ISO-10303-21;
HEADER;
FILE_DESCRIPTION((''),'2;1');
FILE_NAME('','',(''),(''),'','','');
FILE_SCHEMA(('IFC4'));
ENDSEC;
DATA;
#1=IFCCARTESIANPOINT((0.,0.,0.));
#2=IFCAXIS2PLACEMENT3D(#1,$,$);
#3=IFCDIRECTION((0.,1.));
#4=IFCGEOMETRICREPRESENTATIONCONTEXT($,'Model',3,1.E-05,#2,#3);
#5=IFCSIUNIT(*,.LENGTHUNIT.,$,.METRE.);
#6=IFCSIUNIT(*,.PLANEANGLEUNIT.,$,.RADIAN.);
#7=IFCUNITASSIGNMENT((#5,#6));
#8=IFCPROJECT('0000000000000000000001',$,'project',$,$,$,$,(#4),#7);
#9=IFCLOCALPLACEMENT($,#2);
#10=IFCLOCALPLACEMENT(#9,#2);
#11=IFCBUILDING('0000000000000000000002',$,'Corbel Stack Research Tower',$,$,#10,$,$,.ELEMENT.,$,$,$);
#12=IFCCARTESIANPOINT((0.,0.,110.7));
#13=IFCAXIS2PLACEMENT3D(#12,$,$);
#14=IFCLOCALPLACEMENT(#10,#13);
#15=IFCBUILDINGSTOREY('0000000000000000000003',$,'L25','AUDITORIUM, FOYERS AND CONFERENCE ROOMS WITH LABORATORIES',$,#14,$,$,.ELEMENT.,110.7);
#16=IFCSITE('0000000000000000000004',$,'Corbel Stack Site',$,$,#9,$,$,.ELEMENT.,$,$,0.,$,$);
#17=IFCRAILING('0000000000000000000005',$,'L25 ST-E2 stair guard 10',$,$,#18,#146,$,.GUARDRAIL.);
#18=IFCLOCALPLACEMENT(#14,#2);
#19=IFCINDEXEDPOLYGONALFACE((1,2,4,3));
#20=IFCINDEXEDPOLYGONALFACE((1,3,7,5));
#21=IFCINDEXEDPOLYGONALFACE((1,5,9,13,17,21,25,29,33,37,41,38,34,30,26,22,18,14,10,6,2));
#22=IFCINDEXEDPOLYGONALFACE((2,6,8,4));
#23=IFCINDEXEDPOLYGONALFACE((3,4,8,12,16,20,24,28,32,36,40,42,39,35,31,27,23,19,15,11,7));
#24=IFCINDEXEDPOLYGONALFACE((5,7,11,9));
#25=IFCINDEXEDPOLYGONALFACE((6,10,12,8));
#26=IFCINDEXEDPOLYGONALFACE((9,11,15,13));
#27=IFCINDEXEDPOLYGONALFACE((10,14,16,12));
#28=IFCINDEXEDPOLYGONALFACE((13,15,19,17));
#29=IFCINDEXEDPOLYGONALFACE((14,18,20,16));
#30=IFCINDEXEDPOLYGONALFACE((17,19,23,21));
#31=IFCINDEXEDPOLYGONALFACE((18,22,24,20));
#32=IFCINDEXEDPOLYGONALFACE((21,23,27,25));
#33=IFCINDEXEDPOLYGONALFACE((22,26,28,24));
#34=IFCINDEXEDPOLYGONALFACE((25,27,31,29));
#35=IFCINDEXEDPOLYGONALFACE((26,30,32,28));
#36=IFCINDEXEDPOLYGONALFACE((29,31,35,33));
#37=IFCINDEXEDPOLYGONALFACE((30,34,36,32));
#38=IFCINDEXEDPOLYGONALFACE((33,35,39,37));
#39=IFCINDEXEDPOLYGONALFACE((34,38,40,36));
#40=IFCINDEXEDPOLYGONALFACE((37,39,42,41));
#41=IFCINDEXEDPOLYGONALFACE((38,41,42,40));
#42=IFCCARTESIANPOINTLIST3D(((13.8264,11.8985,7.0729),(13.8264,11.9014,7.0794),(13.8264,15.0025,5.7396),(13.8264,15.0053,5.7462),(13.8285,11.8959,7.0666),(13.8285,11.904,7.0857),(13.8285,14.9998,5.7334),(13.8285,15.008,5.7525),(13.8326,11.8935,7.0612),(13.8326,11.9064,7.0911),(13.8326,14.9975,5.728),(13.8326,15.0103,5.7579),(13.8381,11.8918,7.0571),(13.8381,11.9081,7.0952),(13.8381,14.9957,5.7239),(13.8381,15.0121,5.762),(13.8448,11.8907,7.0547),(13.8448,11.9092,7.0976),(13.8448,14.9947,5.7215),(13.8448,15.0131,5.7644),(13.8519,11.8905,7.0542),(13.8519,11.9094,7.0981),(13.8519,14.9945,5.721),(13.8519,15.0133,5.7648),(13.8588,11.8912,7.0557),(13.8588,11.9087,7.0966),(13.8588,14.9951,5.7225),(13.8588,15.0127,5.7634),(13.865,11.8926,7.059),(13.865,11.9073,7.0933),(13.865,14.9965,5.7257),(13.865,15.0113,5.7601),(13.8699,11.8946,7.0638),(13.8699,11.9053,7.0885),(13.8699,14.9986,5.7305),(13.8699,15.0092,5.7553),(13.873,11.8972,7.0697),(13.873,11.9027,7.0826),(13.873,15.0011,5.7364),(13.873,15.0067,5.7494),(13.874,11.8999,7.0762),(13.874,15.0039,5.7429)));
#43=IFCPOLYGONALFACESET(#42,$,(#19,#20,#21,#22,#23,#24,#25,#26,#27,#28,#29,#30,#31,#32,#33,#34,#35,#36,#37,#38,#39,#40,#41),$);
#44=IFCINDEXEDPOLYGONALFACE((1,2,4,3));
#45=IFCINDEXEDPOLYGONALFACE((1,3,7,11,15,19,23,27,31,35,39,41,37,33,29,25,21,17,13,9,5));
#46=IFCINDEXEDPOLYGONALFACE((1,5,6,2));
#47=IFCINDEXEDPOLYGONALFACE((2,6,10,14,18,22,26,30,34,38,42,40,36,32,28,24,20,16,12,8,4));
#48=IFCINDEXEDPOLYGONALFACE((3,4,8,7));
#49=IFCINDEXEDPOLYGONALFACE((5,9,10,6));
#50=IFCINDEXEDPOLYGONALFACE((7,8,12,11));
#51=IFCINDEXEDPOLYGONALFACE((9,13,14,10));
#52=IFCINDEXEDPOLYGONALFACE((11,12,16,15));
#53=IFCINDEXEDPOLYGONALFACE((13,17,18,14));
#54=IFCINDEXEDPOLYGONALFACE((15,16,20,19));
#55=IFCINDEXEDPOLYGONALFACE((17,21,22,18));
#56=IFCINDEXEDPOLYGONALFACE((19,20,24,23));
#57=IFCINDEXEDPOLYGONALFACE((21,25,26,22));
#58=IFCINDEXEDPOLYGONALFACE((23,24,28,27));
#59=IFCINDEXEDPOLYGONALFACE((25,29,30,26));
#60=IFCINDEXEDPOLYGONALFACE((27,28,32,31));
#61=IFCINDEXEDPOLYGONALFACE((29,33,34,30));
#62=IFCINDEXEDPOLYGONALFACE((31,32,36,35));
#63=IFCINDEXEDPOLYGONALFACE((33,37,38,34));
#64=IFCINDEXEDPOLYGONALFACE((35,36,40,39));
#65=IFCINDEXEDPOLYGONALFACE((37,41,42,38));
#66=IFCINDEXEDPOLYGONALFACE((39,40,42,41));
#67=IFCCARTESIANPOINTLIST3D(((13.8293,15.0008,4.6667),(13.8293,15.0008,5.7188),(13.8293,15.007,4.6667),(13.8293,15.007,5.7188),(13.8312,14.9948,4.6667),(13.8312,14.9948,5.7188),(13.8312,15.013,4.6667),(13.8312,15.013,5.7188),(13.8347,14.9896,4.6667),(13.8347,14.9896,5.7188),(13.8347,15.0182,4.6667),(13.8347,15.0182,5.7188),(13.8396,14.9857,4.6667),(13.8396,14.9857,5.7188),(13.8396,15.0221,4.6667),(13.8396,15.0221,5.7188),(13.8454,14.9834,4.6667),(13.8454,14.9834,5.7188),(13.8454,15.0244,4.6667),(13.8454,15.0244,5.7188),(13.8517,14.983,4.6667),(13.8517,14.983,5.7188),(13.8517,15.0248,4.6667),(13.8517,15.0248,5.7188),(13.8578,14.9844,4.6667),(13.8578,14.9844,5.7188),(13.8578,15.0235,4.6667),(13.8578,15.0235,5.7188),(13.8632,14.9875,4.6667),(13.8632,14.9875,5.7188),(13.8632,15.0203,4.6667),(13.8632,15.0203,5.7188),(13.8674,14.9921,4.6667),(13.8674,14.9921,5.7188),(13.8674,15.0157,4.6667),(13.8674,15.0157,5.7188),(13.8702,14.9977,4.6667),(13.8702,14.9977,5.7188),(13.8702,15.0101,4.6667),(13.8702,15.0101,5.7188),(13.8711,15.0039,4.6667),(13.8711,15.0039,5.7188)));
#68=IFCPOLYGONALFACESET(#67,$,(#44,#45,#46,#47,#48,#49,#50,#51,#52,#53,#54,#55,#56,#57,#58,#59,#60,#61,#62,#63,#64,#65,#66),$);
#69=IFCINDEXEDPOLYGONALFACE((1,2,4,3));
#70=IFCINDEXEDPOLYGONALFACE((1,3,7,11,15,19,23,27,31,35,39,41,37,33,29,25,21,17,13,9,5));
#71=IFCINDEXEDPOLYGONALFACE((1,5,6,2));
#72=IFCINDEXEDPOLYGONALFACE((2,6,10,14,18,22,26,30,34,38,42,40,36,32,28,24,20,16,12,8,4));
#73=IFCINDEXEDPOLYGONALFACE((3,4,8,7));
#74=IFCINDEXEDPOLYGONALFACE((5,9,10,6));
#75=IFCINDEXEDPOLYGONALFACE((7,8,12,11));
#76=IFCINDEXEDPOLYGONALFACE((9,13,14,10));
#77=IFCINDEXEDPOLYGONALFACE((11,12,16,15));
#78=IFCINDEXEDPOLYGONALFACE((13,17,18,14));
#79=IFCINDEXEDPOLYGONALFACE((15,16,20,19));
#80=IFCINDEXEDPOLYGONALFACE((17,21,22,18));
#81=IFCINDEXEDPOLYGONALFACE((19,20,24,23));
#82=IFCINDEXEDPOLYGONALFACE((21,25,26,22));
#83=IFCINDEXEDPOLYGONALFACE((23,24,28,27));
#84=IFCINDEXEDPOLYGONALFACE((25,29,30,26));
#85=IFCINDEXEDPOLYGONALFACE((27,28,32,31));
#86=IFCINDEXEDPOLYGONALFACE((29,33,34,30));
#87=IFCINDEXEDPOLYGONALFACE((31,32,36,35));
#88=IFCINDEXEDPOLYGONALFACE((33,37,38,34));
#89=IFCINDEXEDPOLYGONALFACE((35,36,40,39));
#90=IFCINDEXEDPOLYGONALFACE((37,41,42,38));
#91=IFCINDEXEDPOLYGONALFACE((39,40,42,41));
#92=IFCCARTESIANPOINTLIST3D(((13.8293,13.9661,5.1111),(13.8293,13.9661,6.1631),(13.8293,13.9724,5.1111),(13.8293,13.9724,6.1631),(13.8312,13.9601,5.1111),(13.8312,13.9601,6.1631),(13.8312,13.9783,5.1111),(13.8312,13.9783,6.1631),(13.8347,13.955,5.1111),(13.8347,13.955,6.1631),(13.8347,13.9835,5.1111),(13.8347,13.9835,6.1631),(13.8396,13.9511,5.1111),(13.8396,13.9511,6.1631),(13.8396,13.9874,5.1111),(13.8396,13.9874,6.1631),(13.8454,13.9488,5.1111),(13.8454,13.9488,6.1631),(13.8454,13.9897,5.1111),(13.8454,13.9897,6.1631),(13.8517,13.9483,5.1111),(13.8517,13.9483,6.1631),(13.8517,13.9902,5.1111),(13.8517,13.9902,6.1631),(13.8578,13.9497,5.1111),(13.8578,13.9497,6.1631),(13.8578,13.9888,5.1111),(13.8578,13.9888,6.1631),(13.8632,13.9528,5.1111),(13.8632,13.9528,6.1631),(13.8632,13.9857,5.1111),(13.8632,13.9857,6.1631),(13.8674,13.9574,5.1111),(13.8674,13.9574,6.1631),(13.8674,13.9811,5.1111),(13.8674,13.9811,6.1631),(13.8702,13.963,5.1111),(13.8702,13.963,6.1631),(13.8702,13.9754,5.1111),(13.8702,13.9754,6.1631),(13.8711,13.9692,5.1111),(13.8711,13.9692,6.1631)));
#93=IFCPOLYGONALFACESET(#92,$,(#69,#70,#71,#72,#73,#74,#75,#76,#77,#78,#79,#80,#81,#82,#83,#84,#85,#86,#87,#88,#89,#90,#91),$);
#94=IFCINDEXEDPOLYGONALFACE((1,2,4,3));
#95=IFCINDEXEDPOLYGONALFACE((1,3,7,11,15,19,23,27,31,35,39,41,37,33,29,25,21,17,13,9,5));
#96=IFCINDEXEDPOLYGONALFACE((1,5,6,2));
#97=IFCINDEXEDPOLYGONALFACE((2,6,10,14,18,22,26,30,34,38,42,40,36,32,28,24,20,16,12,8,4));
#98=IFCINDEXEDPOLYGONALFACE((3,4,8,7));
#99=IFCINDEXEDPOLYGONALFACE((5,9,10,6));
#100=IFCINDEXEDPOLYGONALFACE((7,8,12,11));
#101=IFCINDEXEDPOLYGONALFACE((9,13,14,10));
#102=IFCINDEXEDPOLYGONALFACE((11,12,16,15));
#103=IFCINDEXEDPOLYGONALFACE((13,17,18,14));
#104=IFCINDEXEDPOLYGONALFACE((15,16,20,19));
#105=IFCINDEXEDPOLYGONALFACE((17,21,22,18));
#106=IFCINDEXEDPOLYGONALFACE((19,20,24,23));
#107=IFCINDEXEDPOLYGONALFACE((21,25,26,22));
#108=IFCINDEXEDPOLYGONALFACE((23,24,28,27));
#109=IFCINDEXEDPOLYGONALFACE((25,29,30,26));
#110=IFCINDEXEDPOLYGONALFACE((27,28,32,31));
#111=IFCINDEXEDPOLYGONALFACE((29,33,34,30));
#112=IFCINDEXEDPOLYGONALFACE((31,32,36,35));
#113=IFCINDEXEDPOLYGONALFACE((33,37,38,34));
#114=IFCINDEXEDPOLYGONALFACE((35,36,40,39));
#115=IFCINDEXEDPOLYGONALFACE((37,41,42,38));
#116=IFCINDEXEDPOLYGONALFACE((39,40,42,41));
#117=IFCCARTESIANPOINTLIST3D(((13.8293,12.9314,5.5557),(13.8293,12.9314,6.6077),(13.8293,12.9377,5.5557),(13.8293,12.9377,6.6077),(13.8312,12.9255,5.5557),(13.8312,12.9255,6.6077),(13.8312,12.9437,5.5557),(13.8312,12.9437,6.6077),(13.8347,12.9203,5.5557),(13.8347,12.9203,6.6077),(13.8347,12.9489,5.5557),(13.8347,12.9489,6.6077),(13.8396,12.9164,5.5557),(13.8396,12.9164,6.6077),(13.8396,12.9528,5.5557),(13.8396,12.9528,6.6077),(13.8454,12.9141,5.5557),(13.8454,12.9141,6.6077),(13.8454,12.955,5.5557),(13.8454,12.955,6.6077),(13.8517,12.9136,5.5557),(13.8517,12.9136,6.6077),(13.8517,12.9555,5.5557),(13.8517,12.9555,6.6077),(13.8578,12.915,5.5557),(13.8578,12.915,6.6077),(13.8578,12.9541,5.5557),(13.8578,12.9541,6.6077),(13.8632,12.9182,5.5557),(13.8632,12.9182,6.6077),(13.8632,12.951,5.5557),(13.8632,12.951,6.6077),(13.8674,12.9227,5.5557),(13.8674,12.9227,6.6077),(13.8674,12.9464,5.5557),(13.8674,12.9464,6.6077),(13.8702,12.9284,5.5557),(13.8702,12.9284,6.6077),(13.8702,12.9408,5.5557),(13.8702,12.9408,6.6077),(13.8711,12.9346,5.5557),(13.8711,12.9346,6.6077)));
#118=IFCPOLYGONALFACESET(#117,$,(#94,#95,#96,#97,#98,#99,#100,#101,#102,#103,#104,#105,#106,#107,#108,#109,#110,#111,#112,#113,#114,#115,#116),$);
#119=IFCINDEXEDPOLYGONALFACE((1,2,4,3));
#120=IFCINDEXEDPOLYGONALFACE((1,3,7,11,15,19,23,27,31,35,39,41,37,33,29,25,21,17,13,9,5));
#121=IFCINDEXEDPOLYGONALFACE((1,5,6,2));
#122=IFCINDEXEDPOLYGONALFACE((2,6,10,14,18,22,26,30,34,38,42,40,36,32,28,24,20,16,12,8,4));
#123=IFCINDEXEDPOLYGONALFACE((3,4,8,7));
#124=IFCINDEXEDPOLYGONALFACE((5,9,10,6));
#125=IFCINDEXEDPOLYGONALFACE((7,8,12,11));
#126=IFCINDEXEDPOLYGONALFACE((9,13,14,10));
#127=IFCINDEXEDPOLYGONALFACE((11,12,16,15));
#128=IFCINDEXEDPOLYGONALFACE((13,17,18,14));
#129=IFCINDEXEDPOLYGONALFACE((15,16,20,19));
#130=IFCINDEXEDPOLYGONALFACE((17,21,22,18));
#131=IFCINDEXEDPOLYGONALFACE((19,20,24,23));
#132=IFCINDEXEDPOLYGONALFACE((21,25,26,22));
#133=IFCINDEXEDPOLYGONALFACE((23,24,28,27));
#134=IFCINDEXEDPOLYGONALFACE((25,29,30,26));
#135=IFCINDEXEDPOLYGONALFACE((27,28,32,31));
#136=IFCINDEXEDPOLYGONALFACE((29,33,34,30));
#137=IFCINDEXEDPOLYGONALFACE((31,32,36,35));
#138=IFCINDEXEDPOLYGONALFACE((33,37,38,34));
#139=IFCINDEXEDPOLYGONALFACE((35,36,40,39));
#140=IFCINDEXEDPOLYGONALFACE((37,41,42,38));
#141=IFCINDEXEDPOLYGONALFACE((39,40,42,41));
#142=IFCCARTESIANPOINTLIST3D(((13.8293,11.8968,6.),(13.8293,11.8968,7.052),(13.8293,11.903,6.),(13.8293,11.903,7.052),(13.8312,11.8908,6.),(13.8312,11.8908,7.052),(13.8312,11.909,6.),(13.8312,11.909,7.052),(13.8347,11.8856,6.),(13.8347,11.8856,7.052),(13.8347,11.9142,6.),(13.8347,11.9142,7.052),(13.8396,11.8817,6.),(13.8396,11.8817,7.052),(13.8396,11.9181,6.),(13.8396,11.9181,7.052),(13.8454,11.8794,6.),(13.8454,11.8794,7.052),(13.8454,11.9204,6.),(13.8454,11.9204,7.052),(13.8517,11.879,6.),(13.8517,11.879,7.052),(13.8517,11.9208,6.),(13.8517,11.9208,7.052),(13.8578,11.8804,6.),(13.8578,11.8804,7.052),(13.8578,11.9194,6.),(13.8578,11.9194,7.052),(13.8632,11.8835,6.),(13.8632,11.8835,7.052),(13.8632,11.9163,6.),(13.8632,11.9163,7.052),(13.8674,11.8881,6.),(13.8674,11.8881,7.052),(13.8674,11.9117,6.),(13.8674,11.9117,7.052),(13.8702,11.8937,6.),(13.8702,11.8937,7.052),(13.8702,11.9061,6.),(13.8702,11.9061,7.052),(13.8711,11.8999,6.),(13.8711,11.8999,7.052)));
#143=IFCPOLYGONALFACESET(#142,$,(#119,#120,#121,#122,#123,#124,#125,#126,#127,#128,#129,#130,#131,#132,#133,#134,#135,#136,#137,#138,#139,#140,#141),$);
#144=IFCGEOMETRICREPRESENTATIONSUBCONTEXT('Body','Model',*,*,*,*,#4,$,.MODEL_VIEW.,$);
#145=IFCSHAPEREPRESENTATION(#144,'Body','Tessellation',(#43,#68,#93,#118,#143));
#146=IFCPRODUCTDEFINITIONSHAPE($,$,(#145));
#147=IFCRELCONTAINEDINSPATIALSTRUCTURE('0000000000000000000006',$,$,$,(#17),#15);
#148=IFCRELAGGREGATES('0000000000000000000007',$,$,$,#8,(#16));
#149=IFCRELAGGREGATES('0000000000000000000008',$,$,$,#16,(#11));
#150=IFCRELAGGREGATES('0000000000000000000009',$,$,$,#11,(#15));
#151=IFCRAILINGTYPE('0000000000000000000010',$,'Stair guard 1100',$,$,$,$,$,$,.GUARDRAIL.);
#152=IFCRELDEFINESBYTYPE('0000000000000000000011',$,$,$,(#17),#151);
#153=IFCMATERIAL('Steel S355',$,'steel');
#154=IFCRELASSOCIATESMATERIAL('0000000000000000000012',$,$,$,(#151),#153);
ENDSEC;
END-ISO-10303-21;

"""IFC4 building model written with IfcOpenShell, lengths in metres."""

from ifc_helpers import new_model, si_unit, direction, frame, origin, origin_2d, place, context, subcontext, project, spatial, circle, extrude, material, type_object, element, save


model = new_model("IFC4")

# Units and contexts
model_context = context("Model", 3, precision=1e-05, world=origin(), true_north=direction((0.0, 1.0)))
body_context = subcontext(model_context, "Body", "Model", "MODEL_VIEW")
ifc_project = project(units=[si_unit("LENGTHUNIT", "METRE"), si_unit("PLANEANGLEUNIT", "RADIAN")], contexts=[model_context])

# Site, building, storey
site_placement = place(None, origin())
site = spatial("IfcSite", under=ifc_project, at=site_placement, Name="Corbel Stack Site", CompositionType="ELEMENT", RefElevation=0.0)
building_placement = place(site_placement, origin())
building = spatial("IfcBuilding", under=site, at=building_placement, Name="Corbel Stack Research Tower", CompositionType="ELEMENT")
storey_placement = place(building_placement, frame((0.0, 0.0, 110.7)))
storey = spatial("IfcBuildingStorey", under=building, at=storey_placement, Name="L25", Description="AUDITORIUM, FOYERS AND CONFERENCE ROOMS WITH LABORATORIES", CompositionType="ELEMENT", Elevation=110.7)

# Railing
ifc_material_1 = material(Name="Steel S355", Category="steel")
railing_type_1 = type_object("IfcRailingType", Name="Stair guard 1100", PredefinedType="GUARDRAIL", material=ifc_material_1)
railing_1_placement = place(storey_placement, frame((13.8501, 15.0039, 4.6667)))
element("IfcRailing", 1, at=railing_1_placement, inside=storey, type_object=railing_type_1, Name="L25 ST-E2 stair guard 10", PredefinedType="GUARDRAIL", context=body_context, shape_type="SweptSolid", body=[
    extrude(circle(Radius=0.0239, at=origin_2d()), frame((0.0, 0.0, 1.0762), z_axis=(0.0, -0.918827, 0.394661), x_axis=(1.0, 0.0, 0.0)), (0.0, 0.0, 1.0), 3.3782),
    extrude(circle(Radius=0.021, at=origin_2d()), origin(), (0.0, 0.0, 1.0), 1.052),
    extrude(circle(Radius=0.021, at=origin_2d()), frame((0.0, -1.0347, 0.4443)), (0.0, 0.0, 1.0), 1.052),
    extrude(circle(Radius=0.021, at=origin_2d()), frame((0.0, -2.0693, 0.8889)), (0.0, 0.0, 1.0), 1.052),
    extrude(circle(Radius=0.021, at=origin_2d()), frame((0.0, -3.104, 1.3333)), (0.0, 0.0, 1.0), 1.052),
])

save(model, "model.ifc")
